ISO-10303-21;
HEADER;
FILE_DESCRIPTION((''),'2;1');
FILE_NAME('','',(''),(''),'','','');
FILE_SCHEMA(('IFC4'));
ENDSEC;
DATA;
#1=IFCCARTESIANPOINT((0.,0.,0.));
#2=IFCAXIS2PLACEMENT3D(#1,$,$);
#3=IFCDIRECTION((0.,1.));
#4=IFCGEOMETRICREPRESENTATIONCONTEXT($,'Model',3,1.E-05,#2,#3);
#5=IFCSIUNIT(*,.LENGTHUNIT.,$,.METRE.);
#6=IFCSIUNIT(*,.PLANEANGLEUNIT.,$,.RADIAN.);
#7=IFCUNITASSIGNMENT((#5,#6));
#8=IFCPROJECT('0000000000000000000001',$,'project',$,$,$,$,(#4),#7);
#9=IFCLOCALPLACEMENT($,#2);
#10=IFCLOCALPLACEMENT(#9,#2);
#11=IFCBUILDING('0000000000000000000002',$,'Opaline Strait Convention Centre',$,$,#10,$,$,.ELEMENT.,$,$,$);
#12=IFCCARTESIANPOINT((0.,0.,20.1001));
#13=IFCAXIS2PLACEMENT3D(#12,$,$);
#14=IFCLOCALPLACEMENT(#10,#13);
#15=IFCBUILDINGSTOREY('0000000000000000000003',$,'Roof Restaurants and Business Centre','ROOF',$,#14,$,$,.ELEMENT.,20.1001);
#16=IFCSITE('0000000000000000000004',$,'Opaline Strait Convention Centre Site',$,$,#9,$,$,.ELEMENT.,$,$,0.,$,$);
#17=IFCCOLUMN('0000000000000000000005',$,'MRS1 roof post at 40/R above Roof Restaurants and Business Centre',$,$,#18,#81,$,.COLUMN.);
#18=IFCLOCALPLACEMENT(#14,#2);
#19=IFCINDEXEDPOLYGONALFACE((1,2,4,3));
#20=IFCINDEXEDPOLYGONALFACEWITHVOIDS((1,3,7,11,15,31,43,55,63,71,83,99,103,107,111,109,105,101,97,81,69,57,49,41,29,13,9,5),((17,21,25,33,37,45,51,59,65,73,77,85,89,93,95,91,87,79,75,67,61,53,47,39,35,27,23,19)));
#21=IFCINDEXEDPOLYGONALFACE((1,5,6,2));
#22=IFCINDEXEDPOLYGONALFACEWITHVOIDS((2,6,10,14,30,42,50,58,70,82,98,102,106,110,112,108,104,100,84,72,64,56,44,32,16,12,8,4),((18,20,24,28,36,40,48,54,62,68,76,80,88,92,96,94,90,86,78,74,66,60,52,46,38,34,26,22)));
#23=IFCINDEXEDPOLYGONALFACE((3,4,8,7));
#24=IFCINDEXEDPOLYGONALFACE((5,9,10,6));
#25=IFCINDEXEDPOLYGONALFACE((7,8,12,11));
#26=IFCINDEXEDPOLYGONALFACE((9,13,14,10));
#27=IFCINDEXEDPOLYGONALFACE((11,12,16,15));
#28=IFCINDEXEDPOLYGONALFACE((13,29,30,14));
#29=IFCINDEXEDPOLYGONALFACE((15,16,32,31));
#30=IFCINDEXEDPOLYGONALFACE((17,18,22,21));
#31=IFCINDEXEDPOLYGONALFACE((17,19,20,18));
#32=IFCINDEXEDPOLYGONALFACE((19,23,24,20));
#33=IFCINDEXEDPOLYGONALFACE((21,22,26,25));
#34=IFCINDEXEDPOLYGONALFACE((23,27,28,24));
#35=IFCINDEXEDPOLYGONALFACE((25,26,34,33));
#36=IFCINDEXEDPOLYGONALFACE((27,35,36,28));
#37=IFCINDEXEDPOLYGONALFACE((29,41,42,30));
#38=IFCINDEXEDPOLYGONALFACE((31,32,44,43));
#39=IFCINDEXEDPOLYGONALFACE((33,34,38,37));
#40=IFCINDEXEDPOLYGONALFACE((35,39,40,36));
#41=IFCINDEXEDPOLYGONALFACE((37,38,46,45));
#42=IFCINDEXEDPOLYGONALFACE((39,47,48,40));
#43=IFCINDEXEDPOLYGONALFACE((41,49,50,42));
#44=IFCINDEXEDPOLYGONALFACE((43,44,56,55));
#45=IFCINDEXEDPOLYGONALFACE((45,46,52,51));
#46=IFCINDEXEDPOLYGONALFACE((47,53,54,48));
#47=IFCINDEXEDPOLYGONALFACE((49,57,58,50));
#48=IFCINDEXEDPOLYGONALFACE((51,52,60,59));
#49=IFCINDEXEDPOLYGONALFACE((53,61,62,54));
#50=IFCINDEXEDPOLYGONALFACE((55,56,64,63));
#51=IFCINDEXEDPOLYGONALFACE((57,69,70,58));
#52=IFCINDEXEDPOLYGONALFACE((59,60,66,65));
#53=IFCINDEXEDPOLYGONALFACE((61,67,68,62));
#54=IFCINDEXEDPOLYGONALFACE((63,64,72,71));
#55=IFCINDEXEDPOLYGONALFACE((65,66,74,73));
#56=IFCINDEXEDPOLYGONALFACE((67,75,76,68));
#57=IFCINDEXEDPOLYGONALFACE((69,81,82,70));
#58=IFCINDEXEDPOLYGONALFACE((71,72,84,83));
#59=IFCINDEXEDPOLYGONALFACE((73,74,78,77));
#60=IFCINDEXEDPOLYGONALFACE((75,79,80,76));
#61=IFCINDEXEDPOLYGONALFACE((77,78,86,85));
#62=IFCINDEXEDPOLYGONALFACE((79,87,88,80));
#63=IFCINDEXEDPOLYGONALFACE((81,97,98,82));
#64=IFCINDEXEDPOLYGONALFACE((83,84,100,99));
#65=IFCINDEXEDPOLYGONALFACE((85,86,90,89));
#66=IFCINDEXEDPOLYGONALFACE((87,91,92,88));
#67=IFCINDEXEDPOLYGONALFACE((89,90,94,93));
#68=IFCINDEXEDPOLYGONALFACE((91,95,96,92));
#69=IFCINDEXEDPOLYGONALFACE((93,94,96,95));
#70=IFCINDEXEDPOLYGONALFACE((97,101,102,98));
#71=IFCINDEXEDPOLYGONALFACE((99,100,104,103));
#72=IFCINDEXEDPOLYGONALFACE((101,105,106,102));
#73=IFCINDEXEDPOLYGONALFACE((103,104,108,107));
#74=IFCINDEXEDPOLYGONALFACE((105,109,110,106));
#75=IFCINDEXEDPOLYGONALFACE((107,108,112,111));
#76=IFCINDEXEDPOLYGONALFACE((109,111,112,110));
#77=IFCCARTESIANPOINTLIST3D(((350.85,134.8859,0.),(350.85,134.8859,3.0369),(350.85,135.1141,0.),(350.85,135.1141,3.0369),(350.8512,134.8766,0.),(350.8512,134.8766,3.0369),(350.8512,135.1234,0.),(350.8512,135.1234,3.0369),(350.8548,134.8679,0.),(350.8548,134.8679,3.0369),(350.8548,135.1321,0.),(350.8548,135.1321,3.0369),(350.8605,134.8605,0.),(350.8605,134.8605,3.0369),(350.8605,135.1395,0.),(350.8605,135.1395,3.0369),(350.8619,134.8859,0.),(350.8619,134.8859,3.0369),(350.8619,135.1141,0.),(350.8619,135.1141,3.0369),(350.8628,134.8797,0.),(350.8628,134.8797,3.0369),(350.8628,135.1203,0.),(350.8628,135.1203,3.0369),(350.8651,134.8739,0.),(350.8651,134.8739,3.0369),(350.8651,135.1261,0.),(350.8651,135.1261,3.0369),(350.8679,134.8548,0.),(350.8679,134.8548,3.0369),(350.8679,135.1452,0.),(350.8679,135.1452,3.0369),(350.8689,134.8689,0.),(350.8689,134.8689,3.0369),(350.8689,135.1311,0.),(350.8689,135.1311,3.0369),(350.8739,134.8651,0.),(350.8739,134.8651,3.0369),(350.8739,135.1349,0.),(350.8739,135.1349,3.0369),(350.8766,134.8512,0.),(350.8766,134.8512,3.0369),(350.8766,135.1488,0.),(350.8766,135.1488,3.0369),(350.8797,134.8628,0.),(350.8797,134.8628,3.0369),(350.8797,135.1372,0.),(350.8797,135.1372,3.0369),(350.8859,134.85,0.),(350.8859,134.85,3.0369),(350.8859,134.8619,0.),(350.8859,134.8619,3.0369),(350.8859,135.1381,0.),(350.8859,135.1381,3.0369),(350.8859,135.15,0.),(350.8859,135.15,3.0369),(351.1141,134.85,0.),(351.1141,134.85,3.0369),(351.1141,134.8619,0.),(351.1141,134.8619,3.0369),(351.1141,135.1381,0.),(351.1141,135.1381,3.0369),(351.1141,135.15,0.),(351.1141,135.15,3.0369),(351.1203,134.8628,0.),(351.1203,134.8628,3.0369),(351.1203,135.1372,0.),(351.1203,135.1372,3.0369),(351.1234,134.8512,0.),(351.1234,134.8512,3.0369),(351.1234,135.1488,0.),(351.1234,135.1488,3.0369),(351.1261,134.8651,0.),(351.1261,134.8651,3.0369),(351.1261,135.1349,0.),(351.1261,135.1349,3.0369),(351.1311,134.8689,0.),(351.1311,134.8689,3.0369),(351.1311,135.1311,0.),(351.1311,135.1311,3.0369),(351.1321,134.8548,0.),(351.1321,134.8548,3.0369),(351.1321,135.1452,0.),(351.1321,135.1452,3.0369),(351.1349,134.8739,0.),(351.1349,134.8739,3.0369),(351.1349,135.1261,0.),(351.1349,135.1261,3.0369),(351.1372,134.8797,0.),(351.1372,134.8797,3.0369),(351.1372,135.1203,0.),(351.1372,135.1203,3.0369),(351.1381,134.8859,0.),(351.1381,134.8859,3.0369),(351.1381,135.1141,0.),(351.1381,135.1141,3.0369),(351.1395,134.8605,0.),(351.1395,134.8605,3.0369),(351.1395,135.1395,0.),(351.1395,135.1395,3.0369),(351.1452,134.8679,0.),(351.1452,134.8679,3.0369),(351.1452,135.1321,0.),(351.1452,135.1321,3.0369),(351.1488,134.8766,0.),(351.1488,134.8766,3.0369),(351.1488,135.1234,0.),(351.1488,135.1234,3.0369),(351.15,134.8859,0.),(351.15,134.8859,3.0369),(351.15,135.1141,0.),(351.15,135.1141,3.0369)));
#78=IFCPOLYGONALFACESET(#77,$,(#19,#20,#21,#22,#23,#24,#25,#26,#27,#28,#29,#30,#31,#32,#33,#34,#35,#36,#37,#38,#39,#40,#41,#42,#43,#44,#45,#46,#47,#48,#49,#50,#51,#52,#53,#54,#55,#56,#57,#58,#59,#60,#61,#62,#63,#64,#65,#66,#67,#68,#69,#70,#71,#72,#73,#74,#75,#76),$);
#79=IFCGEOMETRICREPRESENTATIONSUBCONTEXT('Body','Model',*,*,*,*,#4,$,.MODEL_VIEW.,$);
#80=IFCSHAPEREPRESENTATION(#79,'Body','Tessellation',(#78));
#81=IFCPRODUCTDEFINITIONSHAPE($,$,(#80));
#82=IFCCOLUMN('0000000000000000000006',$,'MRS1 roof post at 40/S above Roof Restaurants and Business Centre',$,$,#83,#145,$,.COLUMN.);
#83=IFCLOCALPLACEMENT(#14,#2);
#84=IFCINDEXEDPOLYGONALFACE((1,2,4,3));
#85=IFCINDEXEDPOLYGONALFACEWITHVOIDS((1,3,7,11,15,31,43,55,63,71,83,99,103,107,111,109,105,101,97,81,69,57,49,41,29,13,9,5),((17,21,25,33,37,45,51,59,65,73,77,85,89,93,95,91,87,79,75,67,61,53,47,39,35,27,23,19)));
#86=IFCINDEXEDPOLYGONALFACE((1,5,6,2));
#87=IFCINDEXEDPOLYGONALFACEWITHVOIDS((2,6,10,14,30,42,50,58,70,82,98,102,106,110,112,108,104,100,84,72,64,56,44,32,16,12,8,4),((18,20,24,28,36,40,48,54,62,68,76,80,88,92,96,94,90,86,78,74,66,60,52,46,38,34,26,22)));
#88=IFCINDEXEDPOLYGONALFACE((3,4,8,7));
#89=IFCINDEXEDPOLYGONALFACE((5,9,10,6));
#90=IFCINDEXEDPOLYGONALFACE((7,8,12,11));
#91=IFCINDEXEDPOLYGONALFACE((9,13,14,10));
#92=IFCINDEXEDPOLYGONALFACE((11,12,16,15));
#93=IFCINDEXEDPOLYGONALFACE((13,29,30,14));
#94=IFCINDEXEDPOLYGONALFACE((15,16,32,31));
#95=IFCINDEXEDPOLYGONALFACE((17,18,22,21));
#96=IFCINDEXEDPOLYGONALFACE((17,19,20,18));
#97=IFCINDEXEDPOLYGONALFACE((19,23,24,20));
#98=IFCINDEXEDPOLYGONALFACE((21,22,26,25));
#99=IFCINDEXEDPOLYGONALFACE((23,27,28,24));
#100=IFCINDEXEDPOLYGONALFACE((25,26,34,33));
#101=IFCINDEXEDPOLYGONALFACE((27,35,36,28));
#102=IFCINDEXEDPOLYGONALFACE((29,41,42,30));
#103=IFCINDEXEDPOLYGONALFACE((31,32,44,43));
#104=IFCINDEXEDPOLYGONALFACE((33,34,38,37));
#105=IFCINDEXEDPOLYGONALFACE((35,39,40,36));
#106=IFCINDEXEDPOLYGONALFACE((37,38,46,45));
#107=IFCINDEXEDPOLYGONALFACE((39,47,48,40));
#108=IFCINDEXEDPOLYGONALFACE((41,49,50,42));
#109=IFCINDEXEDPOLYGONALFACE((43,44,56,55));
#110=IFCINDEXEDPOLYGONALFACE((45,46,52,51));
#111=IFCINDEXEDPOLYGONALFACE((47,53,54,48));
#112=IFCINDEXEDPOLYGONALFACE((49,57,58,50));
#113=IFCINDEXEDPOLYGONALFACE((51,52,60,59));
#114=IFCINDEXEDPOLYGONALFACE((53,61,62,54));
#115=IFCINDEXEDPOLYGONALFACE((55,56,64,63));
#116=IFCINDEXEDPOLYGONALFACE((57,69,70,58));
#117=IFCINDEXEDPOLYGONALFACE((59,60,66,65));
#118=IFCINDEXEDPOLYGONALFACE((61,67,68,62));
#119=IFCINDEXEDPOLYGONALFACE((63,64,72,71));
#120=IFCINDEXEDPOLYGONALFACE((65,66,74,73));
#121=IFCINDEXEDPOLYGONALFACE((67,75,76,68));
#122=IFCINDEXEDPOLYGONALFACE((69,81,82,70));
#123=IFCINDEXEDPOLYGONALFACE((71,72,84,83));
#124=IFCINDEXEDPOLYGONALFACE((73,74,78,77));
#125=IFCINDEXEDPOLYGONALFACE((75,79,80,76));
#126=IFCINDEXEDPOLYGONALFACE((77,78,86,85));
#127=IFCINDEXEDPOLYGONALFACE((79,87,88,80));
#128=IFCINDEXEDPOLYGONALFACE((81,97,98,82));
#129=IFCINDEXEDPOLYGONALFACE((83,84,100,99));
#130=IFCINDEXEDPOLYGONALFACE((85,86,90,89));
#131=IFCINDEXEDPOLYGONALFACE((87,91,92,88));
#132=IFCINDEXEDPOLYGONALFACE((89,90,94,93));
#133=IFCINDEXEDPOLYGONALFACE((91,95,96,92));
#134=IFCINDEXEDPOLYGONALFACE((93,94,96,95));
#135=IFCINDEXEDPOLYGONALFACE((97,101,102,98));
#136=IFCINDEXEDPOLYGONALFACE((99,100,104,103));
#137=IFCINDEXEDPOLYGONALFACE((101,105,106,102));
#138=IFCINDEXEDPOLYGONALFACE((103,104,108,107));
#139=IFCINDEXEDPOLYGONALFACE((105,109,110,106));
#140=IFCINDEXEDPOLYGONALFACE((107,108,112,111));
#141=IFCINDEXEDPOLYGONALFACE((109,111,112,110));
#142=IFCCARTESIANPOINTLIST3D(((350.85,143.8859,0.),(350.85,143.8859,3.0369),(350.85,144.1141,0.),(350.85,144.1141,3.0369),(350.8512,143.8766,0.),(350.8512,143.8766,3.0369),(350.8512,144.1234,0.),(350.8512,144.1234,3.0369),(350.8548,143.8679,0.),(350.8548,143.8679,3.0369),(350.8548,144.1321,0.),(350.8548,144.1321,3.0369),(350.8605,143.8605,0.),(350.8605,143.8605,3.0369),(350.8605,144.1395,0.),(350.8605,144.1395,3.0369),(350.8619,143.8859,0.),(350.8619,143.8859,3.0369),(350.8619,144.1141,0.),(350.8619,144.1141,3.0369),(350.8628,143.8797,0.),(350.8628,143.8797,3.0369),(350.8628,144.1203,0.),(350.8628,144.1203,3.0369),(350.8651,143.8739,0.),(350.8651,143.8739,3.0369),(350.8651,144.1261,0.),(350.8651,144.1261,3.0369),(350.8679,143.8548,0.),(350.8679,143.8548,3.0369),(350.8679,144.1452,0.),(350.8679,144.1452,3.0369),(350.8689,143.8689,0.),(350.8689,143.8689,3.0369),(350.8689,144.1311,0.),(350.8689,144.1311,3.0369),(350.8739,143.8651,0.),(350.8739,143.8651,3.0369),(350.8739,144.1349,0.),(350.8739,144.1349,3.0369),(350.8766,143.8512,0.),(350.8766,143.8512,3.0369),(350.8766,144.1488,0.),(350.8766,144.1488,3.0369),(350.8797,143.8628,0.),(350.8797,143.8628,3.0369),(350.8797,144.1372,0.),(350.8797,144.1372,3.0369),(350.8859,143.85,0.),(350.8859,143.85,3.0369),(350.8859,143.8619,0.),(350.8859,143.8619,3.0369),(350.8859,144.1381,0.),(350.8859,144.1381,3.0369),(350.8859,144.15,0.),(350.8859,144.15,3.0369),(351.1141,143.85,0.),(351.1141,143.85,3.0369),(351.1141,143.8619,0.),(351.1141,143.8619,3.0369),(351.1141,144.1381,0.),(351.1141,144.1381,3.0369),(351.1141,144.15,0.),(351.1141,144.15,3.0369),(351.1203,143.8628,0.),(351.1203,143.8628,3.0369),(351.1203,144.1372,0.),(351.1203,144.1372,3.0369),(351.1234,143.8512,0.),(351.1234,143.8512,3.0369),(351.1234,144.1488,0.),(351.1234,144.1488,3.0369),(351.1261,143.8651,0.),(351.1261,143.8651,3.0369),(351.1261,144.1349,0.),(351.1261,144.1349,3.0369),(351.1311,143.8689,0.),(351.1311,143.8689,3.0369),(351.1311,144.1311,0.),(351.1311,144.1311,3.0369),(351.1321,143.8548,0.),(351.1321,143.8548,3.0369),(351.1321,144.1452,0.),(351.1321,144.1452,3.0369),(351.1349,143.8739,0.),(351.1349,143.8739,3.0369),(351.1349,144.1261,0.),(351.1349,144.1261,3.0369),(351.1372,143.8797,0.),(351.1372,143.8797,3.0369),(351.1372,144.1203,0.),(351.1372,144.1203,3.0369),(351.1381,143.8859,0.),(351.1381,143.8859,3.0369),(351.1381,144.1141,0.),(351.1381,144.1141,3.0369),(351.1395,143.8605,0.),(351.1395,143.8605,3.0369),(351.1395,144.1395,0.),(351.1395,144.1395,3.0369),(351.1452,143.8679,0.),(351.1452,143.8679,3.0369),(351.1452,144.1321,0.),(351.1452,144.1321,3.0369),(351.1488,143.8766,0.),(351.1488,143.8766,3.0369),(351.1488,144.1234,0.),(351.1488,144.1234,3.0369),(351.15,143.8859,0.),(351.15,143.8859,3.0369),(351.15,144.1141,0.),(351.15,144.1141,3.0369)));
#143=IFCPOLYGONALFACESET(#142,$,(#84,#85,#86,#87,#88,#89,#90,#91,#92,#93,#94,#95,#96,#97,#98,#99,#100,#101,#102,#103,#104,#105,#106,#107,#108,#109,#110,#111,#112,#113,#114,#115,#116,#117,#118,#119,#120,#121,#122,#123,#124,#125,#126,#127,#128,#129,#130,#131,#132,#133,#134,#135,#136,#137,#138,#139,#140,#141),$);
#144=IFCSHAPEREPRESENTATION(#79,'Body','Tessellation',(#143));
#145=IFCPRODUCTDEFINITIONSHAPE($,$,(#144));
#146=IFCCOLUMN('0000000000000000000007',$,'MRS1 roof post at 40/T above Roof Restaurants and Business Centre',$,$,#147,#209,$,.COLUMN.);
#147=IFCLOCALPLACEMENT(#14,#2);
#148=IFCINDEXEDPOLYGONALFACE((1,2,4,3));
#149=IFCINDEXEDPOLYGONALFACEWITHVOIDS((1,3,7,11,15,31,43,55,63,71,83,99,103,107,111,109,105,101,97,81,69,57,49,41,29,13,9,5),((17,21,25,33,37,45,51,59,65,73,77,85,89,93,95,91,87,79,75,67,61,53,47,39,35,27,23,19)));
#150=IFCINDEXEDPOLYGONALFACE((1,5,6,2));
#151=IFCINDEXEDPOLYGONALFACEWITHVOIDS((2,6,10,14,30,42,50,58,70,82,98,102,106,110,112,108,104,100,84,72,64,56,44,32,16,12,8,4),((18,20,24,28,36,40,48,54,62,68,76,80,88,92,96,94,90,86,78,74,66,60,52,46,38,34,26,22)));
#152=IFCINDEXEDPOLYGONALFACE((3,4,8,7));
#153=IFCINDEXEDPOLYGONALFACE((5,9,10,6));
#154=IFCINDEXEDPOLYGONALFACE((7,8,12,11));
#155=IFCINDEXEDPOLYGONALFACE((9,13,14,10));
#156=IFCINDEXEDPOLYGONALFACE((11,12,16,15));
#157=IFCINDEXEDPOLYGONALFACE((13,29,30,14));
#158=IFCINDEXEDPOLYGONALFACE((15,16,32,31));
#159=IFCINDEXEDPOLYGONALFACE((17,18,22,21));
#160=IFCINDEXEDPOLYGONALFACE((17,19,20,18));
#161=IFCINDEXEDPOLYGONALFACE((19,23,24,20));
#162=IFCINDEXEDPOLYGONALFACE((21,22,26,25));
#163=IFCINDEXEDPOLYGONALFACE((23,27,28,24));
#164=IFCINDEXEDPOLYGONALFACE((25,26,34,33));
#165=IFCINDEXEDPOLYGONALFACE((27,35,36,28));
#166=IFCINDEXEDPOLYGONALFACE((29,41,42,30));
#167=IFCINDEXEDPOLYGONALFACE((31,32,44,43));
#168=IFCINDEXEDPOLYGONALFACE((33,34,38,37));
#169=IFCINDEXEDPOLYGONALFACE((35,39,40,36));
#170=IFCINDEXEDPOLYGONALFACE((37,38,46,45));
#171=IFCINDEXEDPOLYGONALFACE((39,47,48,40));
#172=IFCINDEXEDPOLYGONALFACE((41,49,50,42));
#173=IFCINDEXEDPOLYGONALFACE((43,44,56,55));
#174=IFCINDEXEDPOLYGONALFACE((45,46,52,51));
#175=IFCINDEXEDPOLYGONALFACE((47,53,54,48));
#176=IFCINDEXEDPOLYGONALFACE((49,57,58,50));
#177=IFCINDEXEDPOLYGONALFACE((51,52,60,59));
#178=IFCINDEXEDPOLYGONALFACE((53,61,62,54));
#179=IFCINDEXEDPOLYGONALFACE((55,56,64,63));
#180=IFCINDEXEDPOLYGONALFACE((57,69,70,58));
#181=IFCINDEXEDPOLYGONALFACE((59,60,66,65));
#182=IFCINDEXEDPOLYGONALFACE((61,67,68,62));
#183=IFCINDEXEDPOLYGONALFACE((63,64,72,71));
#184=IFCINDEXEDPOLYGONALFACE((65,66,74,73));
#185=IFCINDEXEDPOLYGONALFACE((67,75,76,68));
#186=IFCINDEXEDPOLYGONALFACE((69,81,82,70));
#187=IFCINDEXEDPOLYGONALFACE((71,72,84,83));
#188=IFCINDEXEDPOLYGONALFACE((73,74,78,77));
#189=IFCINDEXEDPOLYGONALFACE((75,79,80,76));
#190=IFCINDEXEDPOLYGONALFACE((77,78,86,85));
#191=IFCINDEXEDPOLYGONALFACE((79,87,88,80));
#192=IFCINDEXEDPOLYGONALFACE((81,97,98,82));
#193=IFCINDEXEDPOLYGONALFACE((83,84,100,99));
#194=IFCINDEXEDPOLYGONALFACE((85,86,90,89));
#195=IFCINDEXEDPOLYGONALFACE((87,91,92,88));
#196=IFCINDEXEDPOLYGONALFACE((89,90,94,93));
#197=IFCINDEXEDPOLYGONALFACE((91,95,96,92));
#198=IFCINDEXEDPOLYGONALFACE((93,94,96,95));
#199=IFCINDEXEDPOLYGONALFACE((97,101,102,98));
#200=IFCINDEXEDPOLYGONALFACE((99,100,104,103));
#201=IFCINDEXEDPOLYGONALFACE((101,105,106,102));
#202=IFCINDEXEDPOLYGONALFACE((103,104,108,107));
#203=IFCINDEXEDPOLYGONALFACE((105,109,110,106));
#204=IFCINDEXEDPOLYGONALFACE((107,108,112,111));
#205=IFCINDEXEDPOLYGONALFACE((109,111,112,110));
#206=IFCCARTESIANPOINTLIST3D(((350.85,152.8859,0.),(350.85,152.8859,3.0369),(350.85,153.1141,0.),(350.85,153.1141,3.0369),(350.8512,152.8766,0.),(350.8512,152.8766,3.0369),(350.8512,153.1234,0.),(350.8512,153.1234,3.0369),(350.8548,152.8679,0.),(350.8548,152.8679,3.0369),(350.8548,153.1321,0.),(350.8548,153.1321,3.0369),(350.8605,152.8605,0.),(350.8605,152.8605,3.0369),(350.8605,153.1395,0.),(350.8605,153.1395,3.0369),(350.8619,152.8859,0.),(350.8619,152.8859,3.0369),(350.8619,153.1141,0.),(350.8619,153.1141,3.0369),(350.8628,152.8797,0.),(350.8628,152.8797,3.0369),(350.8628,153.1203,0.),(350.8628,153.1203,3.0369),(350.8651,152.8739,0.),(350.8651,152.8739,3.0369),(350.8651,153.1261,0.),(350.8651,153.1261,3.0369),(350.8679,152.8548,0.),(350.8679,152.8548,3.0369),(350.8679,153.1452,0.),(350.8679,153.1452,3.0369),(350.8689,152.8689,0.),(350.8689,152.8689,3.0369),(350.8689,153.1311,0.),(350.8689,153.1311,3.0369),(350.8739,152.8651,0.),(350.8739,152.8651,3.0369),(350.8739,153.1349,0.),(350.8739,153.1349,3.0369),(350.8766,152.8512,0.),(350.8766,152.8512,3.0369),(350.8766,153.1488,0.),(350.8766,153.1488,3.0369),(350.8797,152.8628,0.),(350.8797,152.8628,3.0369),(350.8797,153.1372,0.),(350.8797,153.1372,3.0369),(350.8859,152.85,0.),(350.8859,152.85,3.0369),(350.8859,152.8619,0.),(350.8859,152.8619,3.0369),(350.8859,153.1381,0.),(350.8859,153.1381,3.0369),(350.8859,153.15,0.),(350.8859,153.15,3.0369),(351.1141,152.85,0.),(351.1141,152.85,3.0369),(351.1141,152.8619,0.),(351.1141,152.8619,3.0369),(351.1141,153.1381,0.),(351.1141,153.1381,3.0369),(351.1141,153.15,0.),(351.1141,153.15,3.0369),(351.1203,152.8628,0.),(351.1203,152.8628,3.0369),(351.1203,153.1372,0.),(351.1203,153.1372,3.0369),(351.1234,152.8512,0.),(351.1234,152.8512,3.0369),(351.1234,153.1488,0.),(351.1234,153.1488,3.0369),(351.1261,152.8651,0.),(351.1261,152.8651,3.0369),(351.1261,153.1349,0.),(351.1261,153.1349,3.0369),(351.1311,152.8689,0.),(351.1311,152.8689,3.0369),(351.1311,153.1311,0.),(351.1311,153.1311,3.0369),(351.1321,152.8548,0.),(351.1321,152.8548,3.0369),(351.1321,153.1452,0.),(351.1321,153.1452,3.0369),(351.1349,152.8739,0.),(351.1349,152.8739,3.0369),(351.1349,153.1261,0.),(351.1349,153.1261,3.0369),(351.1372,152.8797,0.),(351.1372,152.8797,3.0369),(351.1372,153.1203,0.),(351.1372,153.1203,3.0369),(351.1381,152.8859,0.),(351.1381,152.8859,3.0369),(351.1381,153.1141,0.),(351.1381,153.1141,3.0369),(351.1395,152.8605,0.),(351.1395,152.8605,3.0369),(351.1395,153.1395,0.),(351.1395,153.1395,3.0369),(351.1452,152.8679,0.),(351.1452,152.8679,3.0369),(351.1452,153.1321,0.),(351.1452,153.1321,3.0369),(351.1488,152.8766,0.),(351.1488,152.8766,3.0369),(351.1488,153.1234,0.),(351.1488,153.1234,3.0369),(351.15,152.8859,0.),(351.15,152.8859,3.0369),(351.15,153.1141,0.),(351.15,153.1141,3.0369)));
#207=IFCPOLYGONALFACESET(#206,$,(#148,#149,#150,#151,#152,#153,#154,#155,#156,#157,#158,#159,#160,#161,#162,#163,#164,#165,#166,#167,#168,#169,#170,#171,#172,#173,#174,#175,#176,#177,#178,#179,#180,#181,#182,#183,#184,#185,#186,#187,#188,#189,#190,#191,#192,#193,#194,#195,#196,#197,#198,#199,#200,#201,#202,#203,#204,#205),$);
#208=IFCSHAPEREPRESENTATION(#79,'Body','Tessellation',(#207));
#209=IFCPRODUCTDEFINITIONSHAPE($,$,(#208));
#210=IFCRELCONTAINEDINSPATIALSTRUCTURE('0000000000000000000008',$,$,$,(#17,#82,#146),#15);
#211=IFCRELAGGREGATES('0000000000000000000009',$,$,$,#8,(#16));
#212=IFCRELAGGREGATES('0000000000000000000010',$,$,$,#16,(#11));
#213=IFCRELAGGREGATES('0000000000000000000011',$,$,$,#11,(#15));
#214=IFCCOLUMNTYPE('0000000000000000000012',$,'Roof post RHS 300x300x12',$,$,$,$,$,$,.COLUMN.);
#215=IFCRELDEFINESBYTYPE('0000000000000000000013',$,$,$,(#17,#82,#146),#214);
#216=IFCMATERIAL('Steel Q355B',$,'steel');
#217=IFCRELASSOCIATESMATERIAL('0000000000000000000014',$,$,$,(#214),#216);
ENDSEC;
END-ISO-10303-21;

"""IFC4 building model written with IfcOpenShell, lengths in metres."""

from ifc_helpers import new_model, si_unit, direction, frame, origin, origin_2d, place, context, subcontext, project, spatial, hollow_rectangle, extrude, material, material_profile, profile_set, type_object, element, save


model = new_model("IFC4")

# Units and contexts
model_context = context("Model", 3, precision=1e-05, world=origin(), true_north=direction((0.0, 1.0)))
body_context = subcontext(model_context, "Body", "Model", "MODEL_VIEW")
ifc_project = project(units=[si_unit("LENGTHUNIT", "METRE"), si_unit("PLANEANGLEUNIT", "RADIAN")], contexts=[model_context])

# Site, building, storey
site_placement = place(None, origin())
site = spatial("IfcSite", under=ifc_project, at=site_placement, Name="Opaline Strait Convention Centre Site", CompositionType="ELEMENT", RefElevation=0.0)
building_placement = place(site_placement, origin())
building = spatial("IfcBuilding", under=site, at=building_placement, Name="Opaline Strait Convention Centre", CompositionType="ELEMENT")
storey_placement = place(building_placement, frame((0.0, 0.0, 20.1001)))
storey = spatial("IfcBuildingStorey", under=building, at=storey_placement, Name="Roof Restaurants and Business Centre", Description="ROOF", CompositionType="ELEMENT", Elevation=20.1001)

# Columns
ifc_material = material(Name="Steel Q355B", Category="steel")
ifc_material_profile = material_profile(ifc_material, hollow_rectangle(XDim=0.3, YDim=0.3, WallThickness=0.012, InnerFilletRadius=0.0239, OuterFilletRadius=0.0359, at=origin_2d()), Name="RHS 300x300x12")
ifc_profile_set = profile_set([ifc_material_profile], Name="Steel Q355B")
column_type = type_object("IfcColumnType", Name="Roof post RHS 300x300x12", PredefinedType="COLUMN", material=ifc_profile_set)
for number, where, z_axis, x_axis, name in (
    (1, (351.0, 135.0, 0.0), (0.0, 0.0, 1.0), (1.0, 0.0, 0.0), "MRS1 roof post at 40/R above Roof Restaurants and Business Centre"),
    (2, (351.0, 144.0, 0.0), (0.0, 0.0, 1.0), (1.0, 0.0, 0.0), "MRS1 roof post at 40/S above Roof Restaurants and Business Centre"),
    (3, (351.0, 153.0, 0.0), (0.0, 0.0, 1.0), (1.0, 0.0, 0.0), "MRS1 roof post at 40/T above Roof Restaurants and Business Centre"),
):
    element("IfcColumn", number, at=place(storey_placement, frame(where, z_axis=z_axis, x_axis=x_axis)), inside=storey, type_object=column_type, Name=name, PredefinedType="COLUMN", context=body_context, shape_type="SweptSolid", body=[
        extrude(hollow_rectangle(XDim=0.3, YDim=0.3, WallThickness=0.012, InnerFilletRadius=0.0239, OuterFilletRadius=0.0359, at=origin_2d()), origin(), (0.0, 0.0, 1.0), 3.0369),
    ])

save(model, "model.ifc")
